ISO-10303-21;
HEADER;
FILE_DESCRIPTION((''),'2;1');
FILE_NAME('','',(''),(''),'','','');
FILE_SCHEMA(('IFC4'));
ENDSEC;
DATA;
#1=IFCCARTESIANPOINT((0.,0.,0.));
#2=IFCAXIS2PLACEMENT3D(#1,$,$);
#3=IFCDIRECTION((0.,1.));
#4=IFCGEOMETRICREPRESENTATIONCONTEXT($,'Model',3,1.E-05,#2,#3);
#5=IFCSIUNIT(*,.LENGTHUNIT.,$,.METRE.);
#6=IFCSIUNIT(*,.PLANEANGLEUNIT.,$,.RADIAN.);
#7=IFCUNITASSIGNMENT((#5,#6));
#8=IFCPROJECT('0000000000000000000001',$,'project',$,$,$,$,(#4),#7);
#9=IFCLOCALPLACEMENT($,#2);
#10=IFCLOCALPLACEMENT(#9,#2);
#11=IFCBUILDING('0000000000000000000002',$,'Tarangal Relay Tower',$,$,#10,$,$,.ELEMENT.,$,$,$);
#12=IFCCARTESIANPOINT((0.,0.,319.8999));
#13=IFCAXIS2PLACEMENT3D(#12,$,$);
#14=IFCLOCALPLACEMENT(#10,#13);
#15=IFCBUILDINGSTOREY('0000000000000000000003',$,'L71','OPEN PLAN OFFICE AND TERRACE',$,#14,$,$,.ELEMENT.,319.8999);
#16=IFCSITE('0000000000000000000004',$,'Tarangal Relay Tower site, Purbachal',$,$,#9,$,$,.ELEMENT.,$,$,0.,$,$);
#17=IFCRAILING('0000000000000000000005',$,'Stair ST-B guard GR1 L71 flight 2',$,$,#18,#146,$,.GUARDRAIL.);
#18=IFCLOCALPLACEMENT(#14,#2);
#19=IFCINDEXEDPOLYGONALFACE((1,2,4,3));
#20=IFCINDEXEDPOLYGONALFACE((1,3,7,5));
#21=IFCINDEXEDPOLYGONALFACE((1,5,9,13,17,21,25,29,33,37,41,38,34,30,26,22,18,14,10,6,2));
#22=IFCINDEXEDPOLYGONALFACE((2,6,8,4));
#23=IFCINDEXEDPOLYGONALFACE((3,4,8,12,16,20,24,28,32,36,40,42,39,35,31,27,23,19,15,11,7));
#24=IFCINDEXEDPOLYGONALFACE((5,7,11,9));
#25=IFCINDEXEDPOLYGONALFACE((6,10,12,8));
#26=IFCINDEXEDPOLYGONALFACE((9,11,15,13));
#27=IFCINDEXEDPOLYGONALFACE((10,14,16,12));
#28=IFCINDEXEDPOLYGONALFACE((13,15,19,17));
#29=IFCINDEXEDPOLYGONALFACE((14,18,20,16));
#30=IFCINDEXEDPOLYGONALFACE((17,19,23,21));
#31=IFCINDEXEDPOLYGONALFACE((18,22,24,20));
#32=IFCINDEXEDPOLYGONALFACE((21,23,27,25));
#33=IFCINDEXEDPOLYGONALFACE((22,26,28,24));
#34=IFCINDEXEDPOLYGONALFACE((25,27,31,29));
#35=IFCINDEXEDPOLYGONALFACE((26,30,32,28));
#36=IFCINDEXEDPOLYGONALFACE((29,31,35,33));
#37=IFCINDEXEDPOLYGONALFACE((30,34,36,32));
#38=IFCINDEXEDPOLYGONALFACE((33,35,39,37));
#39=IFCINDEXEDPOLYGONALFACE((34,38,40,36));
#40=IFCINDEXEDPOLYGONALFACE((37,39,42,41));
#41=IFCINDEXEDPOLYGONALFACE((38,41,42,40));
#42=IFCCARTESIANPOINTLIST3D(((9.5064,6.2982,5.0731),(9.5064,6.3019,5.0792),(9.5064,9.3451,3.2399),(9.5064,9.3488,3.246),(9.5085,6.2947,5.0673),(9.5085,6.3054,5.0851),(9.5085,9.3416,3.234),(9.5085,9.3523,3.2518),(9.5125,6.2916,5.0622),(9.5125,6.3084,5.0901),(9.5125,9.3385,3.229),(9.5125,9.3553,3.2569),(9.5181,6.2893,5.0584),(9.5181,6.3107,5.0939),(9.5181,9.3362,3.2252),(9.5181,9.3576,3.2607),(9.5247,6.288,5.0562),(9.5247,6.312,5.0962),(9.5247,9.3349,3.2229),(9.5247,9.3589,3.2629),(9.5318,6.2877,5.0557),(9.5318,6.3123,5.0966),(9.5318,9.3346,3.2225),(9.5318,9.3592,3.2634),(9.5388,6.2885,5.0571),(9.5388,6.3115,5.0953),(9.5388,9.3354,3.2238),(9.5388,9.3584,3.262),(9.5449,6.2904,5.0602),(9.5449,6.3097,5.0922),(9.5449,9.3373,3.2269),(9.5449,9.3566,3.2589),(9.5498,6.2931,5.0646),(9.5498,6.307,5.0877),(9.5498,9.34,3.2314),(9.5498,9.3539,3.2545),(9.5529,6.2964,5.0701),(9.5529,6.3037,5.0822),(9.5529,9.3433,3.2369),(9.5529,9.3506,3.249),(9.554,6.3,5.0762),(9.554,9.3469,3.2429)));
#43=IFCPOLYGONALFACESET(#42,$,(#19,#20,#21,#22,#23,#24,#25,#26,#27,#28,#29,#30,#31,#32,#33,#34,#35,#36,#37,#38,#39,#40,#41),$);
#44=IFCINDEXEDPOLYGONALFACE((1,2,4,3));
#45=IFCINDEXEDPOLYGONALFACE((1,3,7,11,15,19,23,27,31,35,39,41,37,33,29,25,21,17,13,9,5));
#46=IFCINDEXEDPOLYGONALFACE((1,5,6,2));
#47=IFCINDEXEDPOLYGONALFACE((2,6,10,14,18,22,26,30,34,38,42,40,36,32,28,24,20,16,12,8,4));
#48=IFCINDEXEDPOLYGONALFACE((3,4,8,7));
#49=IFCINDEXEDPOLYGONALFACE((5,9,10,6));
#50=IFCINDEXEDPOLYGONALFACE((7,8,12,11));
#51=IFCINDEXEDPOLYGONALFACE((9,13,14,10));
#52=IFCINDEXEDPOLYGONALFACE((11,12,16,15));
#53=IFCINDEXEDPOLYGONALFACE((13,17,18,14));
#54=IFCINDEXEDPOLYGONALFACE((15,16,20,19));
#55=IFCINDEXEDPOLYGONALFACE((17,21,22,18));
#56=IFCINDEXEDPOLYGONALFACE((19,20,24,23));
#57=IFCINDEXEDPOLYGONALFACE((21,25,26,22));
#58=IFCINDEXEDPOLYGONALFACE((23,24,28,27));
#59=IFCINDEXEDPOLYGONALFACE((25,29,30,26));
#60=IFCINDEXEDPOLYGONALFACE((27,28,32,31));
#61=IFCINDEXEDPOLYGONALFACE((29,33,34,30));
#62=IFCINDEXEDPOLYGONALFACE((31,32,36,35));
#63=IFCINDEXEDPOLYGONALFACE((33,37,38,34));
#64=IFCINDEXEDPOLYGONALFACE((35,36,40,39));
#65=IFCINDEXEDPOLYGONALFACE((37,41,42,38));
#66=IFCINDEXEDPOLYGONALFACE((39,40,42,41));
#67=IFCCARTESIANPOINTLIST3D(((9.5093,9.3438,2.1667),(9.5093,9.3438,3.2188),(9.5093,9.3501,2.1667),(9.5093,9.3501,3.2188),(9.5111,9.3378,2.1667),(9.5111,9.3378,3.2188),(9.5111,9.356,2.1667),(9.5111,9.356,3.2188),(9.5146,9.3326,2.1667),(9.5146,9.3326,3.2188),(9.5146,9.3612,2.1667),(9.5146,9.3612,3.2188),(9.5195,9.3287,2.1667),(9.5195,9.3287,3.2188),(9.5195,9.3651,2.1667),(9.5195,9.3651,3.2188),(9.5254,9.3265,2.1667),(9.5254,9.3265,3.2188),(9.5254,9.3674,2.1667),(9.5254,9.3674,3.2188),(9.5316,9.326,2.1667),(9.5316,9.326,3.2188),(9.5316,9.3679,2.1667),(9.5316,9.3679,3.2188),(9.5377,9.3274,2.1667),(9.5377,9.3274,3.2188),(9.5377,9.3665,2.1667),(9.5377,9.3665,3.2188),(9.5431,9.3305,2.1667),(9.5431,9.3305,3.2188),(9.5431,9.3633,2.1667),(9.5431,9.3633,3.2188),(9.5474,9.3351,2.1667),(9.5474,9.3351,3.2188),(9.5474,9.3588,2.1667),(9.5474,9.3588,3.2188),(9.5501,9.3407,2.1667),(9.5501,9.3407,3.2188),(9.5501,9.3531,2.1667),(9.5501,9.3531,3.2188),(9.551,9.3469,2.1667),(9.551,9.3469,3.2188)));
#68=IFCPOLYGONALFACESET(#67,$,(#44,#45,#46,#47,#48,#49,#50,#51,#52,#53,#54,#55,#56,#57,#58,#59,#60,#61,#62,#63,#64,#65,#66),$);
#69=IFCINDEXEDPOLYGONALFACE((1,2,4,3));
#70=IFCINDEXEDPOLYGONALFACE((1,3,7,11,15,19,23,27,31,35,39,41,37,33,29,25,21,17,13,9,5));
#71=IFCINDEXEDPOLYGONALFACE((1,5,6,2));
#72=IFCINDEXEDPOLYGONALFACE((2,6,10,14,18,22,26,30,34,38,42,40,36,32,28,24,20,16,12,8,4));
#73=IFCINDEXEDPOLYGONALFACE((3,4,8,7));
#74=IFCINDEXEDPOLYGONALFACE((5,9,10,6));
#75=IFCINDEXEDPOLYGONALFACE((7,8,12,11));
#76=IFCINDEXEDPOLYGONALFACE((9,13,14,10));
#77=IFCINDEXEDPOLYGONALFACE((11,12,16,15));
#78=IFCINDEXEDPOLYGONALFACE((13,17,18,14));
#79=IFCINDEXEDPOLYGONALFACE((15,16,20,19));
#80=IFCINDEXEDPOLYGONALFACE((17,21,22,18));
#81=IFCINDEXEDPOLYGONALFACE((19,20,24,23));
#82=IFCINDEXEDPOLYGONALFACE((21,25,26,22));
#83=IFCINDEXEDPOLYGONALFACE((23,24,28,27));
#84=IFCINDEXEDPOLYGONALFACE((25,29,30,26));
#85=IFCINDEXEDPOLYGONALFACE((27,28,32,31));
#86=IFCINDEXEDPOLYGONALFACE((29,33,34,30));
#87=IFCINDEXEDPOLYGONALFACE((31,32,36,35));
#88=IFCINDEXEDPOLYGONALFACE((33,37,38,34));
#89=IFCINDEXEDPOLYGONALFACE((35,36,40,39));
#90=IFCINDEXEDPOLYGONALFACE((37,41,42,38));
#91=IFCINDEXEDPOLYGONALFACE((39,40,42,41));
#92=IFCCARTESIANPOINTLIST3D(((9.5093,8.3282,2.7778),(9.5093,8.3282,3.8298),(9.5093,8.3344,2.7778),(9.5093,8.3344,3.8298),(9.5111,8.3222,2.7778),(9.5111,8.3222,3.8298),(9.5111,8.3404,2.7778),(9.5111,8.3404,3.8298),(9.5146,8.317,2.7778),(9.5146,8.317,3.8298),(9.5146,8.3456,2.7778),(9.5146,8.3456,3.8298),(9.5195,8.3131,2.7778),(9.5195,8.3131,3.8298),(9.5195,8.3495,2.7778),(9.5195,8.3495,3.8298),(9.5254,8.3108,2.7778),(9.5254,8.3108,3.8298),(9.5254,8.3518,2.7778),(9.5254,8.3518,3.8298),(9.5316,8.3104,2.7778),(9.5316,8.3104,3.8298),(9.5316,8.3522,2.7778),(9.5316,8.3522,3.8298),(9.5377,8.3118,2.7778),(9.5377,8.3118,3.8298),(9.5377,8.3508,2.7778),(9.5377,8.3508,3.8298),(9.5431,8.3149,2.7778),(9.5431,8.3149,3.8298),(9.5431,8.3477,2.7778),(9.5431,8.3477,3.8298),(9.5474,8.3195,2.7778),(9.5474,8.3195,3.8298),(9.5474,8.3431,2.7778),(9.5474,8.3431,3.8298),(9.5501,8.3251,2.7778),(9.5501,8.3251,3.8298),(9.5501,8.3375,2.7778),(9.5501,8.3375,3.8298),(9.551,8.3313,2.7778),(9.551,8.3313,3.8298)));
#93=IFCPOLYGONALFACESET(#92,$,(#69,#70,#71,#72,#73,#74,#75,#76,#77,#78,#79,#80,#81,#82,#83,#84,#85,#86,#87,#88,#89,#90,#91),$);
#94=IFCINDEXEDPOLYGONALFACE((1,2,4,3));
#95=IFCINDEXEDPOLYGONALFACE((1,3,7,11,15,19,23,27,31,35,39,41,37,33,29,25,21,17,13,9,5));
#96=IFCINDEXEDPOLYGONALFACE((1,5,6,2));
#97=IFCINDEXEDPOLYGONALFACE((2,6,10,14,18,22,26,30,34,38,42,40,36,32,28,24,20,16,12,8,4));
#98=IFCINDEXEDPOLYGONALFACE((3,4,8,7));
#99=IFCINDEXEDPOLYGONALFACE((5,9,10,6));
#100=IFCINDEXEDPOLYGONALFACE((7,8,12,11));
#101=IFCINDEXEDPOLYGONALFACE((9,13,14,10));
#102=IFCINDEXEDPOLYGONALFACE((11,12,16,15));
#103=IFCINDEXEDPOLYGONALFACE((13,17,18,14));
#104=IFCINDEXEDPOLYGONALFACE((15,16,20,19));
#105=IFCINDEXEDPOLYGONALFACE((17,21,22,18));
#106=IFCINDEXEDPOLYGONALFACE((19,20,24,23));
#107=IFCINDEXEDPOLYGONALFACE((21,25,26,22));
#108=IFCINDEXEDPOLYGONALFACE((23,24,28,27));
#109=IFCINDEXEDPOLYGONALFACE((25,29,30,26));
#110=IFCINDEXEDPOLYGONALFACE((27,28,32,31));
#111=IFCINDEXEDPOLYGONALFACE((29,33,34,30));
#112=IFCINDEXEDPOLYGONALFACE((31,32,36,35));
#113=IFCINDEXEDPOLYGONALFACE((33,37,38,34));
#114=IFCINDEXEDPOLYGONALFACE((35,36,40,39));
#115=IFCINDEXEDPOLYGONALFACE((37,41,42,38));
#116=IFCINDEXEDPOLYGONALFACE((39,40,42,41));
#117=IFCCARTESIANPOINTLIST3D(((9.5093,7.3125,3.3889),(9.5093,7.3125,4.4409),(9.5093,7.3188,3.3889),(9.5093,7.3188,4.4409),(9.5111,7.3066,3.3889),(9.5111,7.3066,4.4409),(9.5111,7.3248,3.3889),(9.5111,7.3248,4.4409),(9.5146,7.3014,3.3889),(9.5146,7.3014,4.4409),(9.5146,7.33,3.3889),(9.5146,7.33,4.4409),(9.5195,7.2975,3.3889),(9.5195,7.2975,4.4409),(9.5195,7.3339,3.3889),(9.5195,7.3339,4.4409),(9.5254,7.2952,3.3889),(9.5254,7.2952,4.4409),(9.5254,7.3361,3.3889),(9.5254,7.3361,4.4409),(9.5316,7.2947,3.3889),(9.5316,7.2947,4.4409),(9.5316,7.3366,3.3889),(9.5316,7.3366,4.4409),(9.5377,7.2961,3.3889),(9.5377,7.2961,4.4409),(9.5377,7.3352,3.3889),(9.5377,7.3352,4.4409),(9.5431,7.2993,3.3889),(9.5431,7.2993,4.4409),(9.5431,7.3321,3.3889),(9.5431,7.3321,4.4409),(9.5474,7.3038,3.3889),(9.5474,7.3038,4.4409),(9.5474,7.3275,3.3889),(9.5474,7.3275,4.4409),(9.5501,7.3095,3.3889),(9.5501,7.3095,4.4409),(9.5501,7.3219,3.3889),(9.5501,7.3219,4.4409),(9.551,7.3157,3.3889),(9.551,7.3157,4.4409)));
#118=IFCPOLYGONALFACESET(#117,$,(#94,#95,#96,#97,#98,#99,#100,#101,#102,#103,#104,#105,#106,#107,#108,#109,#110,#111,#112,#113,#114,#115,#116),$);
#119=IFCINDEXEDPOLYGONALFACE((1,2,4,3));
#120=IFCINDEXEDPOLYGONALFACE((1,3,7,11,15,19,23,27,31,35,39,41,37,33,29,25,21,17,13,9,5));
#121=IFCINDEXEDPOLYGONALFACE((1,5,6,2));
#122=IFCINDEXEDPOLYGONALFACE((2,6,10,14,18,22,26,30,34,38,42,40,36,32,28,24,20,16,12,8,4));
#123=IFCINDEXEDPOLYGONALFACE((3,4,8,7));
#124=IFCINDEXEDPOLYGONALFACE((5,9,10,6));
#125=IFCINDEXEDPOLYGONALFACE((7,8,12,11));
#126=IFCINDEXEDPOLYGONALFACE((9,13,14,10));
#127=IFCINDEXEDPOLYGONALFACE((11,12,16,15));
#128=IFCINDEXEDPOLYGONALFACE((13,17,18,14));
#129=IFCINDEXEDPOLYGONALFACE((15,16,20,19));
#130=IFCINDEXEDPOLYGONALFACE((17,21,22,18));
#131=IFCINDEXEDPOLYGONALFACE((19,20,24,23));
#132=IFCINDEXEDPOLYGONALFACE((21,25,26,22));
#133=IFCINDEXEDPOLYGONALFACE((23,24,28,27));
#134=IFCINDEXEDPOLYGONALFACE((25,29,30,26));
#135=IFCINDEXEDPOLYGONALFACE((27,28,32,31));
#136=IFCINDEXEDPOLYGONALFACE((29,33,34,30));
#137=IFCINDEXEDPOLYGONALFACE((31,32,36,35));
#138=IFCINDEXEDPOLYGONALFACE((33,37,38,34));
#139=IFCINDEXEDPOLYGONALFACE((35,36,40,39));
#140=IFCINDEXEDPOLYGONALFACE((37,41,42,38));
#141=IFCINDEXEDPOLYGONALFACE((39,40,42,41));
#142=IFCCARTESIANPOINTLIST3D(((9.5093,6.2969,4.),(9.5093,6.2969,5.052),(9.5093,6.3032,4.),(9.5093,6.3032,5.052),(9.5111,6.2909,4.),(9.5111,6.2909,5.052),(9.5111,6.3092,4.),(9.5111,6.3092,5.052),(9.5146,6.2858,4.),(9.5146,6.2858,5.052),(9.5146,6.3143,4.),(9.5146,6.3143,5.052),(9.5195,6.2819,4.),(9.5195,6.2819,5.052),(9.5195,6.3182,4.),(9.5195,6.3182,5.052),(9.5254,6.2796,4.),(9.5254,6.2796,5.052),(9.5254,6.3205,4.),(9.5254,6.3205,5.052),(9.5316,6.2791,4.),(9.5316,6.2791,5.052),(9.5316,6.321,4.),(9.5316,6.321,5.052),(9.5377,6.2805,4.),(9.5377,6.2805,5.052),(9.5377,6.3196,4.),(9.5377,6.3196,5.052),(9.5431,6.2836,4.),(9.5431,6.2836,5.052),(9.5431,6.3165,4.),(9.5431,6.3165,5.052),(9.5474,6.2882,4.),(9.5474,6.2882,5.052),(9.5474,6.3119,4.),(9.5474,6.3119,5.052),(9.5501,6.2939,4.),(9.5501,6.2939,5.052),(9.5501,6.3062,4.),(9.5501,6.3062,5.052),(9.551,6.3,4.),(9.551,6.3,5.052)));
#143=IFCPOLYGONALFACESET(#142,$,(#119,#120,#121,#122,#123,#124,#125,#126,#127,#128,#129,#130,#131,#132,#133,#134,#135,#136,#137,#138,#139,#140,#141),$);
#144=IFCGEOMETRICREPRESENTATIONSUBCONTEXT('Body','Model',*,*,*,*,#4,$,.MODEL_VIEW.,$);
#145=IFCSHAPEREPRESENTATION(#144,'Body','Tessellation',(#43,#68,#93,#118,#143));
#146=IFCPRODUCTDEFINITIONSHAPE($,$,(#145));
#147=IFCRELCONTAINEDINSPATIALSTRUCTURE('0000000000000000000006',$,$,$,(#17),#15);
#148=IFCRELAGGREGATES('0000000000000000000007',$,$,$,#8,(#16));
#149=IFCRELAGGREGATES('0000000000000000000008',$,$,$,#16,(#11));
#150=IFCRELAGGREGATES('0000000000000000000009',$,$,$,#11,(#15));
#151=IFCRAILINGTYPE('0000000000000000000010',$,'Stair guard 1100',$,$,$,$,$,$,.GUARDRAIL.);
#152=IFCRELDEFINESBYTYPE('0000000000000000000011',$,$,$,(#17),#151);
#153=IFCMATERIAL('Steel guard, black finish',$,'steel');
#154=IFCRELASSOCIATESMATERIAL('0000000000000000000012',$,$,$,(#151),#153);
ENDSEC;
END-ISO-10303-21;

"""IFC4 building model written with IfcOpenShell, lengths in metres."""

from ifc_helpers import new_model, si_unit, direction, frame, origin, origin_2d, place, context, subcontext, project, spatial, circle, extrude, material, type_object, element, save


model = new_model("IFC4")

# Units and contexts
model_context = context("Model", 3, precision=1e-05, world=origin(), true_north=direction((0.0, 1.0)))
body_context = subcontext(model_context, "Body", "Model", "MODEL_VIEW")
ifc_project = project(units=[si_unit("LENGTHUNIT", "METRE"), si_unit("PLANEANGLEUNIT", "RADIAN")], contexts=[model_context])

# Site, building, storey
site_placement = place(None, origin())
site = spatial("IfcSite", under=ifc_project, at=site_placement, Name="Tarangal Relay Tower site, Purbachal", CompositionType="ELEMENT", RefElevation=0.0)
building_placement = place(site_placement, origin())
building = spatial("IfcBuilding", under=site, at=building_placement, Name="Tarangal Relay Tower", CompositionType="ELEMENT")
storey_placement = place(building_placement, frame((0.0, 0.0, 319.8999)))
storey = spatial("IfcBuildingStorey", under=building, at=storey_placement, Name="L71", Description="OPEN PLAN OFFICE AND TERRACE", CompositionType="ELEMENT", Elevation=319.8999)

# Railing
ifc_material_1 = material(Name="Steel guard, black finish", Category="steel")
railing_type_1 = type_object("IfcRailingType", Name="Stair guard 1100", PredefinedType="GUARDRAIL", material=ifc_material_1)
railing_1_placement = place(storey_placement, frame((9.53, 9.3469, 2.1667)))
element("IfcRailing", 1, at=railing_1_placement, inside=storey, type_object=railing_type_1, Name="Stair ST-B guard GR1 L71 flight 2", PredefinedType="GUARDRAIL", context=body_context, shape_type="SweptSolid", body=[
    extrude(circle(Radius=0.0239, at=origin_2d()), frame((0.0, 0.0, 1.0762), z_axis=(0.0, -0.856856, 0.515556), x_axis=(1.0, 0.0, 0.0)), (0.0, 0.0, 1.0), 3.5559),
    extrude(circle(Radius=0.021, at=origin_2d()), origin(), (0.0, 0.0, 1.0), 1.052),
    extrude(circle(Radius=0.021, at=origin_2d()), frame((0.0, -1.0156, 0.6111)), (0.0, 0.0, 1.0), 1.052),
    extrude(circle(Radius=0.021, at=origin_2d()), frame((0.0, -2.0312, 1.2222)), (0.0, 0.0, 1.0), 1.052),
    extrude(circle(Radius=0.021, at=origin_2d()), frame((0.0, -3.0469, 1.8333)), (0.0, 0.0, 1.0), 1.052),
])

save(model, "model.ifc")
